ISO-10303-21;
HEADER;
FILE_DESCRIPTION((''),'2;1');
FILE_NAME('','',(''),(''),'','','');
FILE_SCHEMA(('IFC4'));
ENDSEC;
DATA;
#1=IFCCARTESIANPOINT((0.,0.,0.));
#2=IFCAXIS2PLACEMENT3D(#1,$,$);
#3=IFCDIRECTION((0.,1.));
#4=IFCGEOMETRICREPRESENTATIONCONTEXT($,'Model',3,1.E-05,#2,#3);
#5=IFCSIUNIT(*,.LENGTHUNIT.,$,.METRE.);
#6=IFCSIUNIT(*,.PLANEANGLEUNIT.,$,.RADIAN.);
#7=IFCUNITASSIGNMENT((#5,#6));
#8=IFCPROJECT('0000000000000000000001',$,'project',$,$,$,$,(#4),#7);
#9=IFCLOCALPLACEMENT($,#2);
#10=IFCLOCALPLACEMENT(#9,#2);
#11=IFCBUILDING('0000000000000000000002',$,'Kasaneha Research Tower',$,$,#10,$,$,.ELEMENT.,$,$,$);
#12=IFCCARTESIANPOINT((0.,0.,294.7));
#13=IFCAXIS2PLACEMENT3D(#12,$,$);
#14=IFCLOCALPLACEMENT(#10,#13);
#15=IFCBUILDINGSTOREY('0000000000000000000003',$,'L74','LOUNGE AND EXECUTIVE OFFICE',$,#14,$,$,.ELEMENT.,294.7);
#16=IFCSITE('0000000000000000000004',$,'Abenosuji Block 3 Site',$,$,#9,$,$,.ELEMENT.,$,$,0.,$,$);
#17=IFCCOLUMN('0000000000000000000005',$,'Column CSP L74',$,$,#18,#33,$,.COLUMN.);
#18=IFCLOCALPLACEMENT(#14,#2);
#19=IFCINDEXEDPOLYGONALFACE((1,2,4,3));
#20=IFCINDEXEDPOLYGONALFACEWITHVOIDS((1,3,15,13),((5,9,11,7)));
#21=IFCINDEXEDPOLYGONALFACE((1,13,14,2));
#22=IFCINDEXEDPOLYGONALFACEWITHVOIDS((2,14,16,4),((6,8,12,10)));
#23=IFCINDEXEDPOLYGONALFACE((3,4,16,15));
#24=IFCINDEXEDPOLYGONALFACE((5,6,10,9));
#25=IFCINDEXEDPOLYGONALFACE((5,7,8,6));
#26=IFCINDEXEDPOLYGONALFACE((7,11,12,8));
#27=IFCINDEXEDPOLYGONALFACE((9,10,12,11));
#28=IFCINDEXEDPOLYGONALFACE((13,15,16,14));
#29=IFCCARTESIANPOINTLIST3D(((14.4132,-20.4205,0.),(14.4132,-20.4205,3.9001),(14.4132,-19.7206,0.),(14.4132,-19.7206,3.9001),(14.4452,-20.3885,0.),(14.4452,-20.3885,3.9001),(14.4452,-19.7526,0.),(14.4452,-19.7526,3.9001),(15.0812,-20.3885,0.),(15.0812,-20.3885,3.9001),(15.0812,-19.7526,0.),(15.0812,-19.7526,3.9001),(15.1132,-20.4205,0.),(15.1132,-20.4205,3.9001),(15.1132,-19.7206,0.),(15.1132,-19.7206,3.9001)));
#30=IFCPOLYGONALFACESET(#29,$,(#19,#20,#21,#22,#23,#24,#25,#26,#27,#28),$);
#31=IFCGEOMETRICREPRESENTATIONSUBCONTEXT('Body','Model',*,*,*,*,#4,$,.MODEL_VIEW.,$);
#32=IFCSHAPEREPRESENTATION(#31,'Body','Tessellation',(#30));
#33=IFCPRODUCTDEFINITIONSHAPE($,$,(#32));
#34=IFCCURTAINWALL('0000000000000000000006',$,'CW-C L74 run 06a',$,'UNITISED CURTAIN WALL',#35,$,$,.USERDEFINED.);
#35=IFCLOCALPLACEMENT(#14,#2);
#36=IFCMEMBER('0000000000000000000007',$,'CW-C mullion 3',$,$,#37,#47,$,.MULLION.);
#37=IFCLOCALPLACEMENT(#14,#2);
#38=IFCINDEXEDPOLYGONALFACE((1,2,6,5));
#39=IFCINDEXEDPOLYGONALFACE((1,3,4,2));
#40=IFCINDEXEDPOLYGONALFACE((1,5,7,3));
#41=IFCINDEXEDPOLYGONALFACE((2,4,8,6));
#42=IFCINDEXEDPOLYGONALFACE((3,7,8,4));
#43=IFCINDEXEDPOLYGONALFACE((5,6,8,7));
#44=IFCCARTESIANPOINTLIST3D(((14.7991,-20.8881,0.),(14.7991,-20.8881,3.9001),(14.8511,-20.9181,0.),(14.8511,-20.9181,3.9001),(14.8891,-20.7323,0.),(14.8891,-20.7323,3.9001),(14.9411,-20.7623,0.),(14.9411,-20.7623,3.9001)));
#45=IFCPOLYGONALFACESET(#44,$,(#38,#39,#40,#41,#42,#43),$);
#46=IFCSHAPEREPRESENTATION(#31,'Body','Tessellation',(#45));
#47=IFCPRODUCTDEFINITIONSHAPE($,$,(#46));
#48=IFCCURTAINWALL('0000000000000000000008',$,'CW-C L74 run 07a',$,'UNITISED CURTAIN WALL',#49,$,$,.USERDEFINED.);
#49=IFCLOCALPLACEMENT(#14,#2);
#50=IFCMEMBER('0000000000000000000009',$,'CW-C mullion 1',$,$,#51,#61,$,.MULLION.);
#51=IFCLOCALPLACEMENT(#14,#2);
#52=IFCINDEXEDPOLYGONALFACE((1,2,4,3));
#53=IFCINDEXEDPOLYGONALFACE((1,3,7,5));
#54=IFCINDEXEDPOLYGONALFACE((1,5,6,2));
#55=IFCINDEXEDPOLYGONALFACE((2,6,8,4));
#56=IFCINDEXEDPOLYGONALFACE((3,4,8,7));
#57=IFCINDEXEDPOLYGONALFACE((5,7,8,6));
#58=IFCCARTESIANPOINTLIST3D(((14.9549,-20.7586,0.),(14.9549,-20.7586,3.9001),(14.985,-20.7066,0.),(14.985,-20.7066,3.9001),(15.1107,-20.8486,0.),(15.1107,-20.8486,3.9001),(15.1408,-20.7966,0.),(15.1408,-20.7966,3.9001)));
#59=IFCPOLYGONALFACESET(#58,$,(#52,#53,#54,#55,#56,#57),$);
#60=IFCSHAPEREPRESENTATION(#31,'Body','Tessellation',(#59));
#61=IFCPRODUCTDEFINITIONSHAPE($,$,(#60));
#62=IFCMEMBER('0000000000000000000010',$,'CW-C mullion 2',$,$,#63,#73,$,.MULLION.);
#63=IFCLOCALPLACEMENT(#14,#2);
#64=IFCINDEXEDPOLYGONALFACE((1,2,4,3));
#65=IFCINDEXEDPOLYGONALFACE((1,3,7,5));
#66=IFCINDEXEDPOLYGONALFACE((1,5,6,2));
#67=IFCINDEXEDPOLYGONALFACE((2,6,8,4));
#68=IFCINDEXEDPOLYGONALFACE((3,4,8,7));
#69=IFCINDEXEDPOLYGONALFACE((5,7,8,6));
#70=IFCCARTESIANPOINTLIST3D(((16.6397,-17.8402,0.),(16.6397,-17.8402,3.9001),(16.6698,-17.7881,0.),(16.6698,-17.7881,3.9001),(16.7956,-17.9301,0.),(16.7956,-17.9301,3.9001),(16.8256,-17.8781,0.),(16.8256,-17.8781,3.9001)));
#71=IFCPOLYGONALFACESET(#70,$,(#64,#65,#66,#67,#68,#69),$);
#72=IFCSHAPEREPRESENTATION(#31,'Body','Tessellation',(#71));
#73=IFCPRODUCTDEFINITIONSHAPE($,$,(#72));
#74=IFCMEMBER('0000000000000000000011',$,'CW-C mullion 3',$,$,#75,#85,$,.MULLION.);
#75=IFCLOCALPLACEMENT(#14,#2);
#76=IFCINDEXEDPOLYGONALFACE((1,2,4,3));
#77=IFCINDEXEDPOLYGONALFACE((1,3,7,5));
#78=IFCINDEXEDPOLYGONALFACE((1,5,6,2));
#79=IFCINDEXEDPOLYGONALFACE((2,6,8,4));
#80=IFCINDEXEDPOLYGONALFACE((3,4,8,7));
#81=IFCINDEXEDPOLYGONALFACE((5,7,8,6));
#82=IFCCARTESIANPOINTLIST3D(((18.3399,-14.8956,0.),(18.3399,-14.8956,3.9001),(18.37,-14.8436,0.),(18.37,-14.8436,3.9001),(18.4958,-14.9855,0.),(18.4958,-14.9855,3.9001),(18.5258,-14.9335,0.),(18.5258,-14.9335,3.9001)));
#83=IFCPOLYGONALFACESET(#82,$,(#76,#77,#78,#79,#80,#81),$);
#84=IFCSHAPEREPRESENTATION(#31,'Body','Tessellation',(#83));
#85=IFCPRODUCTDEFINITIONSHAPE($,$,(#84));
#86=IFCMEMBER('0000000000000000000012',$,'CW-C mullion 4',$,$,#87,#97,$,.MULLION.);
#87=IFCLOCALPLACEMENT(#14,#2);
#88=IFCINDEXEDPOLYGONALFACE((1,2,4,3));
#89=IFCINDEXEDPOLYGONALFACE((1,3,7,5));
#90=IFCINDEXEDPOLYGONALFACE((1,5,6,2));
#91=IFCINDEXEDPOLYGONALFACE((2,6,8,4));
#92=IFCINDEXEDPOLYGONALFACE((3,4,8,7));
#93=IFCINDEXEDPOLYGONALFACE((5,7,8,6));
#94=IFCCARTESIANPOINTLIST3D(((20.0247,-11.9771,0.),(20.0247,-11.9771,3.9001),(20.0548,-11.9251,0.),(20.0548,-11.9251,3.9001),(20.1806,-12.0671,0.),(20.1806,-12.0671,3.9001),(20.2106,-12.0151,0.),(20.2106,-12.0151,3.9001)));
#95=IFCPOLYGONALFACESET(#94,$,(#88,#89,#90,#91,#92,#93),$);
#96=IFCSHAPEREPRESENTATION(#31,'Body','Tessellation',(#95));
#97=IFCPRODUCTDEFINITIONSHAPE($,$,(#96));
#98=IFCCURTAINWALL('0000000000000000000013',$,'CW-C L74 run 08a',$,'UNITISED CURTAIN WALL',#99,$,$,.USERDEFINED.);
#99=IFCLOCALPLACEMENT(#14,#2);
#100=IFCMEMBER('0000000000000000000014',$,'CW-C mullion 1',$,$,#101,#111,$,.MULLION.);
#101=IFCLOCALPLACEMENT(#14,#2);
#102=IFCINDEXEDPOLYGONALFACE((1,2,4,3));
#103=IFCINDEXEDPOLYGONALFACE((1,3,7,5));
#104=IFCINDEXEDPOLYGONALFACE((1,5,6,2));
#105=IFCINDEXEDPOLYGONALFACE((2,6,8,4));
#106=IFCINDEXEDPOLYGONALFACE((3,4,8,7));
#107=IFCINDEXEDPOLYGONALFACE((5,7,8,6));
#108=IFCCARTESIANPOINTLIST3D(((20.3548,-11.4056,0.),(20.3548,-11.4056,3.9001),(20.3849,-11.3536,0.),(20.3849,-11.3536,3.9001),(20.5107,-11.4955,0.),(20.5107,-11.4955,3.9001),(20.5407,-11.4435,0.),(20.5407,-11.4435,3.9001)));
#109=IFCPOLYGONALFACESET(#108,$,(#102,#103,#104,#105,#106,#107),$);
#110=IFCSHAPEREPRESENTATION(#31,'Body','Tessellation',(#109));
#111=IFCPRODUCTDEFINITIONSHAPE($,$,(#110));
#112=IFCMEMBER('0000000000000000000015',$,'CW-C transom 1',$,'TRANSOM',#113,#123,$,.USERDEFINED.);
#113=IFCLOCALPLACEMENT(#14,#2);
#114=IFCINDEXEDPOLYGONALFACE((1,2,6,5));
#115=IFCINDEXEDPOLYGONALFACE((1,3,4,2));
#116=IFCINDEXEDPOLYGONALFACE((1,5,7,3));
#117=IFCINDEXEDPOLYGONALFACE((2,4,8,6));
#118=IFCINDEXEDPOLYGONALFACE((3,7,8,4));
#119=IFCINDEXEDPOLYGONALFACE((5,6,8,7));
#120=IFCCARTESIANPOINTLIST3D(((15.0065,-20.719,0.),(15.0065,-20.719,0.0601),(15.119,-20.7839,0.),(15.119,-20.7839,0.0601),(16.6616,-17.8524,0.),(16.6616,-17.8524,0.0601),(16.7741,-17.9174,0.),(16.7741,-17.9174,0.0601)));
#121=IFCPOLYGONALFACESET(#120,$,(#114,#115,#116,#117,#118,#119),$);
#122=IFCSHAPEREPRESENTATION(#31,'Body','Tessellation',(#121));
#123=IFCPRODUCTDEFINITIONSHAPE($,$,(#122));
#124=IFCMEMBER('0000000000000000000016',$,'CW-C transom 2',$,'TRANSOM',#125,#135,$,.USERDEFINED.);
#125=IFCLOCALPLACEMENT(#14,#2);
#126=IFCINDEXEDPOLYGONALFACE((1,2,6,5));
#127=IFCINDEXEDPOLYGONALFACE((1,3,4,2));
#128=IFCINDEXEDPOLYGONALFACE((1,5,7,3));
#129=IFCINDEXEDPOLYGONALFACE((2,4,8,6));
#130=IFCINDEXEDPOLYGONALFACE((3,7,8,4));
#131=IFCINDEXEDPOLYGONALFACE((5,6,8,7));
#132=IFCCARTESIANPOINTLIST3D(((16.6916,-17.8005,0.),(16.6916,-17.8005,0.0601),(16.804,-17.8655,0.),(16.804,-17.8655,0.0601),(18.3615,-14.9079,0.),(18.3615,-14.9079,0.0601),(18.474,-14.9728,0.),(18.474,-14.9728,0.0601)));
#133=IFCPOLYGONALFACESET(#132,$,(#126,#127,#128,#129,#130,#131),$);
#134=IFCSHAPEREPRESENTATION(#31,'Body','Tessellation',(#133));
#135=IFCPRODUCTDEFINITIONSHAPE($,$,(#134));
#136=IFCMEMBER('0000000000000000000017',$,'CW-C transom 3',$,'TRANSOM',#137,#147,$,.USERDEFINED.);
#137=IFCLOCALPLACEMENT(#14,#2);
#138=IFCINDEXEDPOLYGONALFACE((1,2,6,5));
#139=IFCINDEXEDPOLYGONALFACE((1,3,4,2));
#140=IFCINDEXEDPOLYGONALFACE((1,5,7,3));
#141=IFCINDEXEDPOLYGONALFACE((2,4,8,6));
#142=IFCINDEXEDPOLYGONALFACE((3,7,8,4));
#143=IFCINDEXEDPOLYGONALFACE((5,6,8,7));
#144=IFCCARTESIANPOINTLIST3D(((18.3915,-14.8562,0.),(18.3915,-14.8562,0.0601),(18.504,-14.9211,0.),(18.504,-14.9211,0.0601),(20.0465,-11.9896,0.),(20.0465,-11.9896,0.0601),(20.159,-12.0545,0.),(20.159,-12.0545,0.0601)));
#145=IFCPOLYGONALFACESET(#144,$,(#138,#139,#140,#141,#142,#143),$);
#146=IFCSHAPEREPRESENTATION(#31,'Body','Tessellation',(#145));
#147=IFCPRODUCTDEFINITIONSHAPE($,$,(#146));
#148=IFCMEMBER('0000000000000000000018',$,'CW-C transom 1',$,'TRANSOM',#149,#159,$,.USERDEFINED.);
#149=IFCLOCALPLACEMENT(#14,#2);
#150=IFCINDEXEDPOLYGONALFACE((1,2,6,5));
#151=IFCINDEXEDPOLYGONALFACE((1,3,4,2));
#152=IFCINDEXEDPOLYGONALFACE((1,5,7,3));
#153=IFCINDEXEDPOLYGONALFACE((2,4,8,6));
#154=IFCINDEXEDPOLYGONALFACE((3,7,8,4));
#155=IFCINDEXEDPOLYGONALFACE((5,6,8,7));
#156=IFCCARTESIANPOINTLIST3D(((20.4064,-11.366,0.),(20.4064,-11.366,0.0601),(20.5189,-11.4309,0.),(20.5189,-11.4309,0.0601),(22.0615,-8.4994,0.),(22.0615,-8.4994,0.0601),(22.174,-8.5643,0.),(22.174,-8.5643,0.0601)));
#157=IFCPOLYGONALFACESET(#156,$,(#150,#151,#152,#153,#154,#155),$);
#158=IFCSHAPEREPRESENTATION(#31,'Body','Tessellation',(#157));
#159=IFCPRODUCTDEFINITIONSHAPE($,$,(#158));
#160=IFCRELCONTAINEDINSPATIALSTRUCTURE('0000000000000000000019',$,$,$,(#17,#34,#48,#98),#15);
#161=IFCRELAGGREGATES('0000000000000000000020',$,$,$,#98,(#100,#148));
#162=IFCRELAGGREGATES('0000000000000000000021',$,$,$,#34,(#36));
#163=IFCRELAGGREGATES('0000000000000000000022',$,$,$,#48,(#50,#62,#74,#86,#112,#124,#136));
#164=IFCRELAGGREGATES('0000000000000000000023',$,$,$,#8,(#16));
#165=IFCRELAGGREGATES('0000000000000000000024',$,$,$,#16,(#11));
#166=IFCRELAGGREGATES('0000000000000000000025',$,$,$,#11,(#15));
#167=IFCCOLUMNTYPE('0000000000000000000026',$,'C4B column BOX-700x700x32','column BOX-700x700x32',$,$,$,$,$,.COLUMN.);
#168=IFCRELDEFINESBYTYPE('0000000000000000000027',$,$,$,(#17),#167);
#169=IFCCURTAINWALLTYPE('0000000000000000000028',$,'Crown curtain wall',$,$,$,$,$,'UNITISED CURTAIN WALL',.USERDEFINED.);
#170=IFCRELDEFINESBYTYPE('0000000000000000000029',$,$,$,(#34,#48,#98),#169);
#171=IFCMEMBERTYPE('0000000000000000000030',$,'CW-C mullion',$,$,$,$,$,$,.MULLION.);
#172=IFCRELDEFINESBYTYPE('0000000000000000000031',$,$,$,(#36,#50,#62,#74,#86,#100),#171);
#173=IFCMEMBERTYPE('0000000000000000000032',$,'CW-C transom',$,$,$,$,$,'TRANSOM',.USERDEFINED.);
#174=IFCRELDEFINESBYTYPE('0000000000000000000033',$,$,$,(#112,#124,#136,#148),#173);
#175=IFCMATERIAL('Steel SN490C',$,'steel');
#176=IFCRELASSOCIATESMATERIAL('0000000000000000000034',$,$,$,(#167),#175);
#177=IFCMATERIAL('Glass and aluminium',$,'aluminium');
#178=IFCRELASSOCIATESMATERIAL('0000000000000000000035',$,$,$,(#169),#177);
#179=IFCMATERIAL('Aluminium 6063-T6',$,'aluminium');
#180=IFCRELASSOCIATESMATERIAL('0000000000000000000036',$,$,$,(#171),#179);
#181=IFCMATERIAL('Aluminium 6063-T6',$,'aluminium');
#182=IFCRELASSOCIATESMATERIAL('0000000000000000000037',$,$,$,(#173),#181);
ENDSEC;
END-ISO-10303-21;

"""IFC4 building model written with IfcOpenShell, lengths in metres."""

from ifc_helpers import new_model, si_unit, direction, frame, origin, origin_2d, place, context, subcontext, project, spatial, rectangle, hollow_rectangle, extrude, material, material_profile, profile_set, type_object, element, aggregate, save


model = new_model("IFC4")

# Units and contexts
model_context = context("Model", 3, precision=1e-05, world=origin(), true_north=direction((0.0, 1.0)))
body_context = subcontext(model_context, "Body", "Model", "MODEL_VIEW")
ifc_project = project(units=[si_unit("LENGTHUNIT", "METRE"), si_unit("PLANEANGLEUNIT", "RADIAN")], contexts=[model_context])

# Site, building, storey
site_placement = place(None, origin())
site = spatial("IfcSite", under=ifc_project, at=site_placement, Name="Abenosuji Block 3 Site", CompositionType="ELEMENT", RefElevation=0.0)
building_placement = place(site_placement, origin())
building = spatial("IfcBuilding", under=site, at=building_placement, Name="Kasaneha Research Tower", CompositionType="ELEMENT")
storey_placement = place(building_placement, frame((0.0, 0.0, 294.7)))
storey = spatial("IfcBuildingStorey", under=building, at=storey_placement, Name="L74", Description="LOUNGE AND EXECUTIVE OFFICE", CompositionType="ELEMENT", Elevation=294.7)

# Column
ifc_material_1 = material(Name="Steel SN490C", Category="steel")
ifc_material_profile_1 = material_profile(ifc_material_1, hollow_rectangle(XDim=0.7, YDim=0.7, WallThickness=0.032, at=origin_2d()), Name="BOX-700x700x32")
ifc_profile_set_1 = profile_set([ifc_material_profile_1], Name="Steel SN490C")
column_type = type_object("IfcColumnType", Name="C4B column BOX-700x700x32", Description="column BOX-700x700x32", PredefinedType="COLUMN", material=ifc_profile_set_1)
column_placement = place(storey_placement, frame((14.7632, -20.0706, 0.0), z_axis=(0.0, 0.0, 1.0), x_axis=(1.0, 0.0, 0.0)))
element("IfcColumn", 1, at=column_placement, inside=storey, type_object=column_type, Name="Column CSP L74", PredefinedType="COLUMN", context=body_context, shape_type="SweptSolid", body=[
    extrude(hollow_rectangle(XDim=0.7, YDim=0.7, WallThickness=0.032, at=origin_2d()), origin(), (0.0, 0.0, 1.0), 3.9001),
])

# Curtain wall, member
ifc_material_2 = material(Name="Glass and aluminium", Category="aluminium")
curtain_wall_type = type_object("IfcCurtainWallType", Name="Crown curtain wall", ElementType="UNITISED CURTAIN WALL", PredefinedType="USERDEFINED", material=ifc_material_2)
curtain_wall_1_placement = place(storey_placement, origin())
curtain_wall_1 = element("IfcCurtainWall", 2, at=curtain_wall_1_placement, inside=storey, type_object=curtain_wall_type, Name="CW-C L74 run 06a", ObjectType="UNITISED CURTAIN WALL", PredefinedType="USERDEFINED")
ifc_material_3 = material(Name="Aluminium 6063-T6", Category="aluminium")
ifc_material_profile_2 = material_profile(ifc_material_3, rectangle(XDim=0.0601, YDim=0.1799, at=origin_2d()), Name="CW-C mullion 60x180")
ifc_profile_set_2 = profile_set([ifc_material_profile_2], Name="Aluminium 6063-T6")
member_type_1 = type_object("IfcMemberType", Name="CW-C mullion", PredefinedType="MULLION", material=ifc_profile_set_2)
member_1_placement = place(storey_placement, frame((14.8701, -20.8252, 0.0), z_axis=(0.0, 0.0, 1.0), x_axis=(0.866025, -0.5, 0.0)))
member_1 = element("IfcMember", 3, at=member_1_placement, type_object=member_type_1, Name="CW-C mullion 3", PredefinedType="MULLION", context=body_context, shape_type="SweptSolid", body=[
    extrude(rectangle(XDim=0.0601, YDim=0.1799, at=origin_2d()), origin(), (0.0, 0.0, 1.0), 3.9001),
])

# Curtain wall, members
curtain_wall_2_placement = place(storey_placement, origin())
curtain_wall_2 = element("IfcCurtainWall", 4, at=curtain_wall_2_placement, inside=storey, type_object=curtain_wall_type, Name="CW-C L74 run 07a", ObjectType="UNITISED CURTAIN WALL", PredefinedType="USERDEFINED")
member_2_placement = place(storey_placement, frame((15.0479, -20.7776, 0.0), z_axis=(0.0, 0.0, 1.0), x_axis=(0.5, 0.866025, 0.0)))
member_2 = element("IfcMember", 5, at=member_2_placement, type_object=member_type_1, Name="CW-C mullion 1", PredefinedType="MULLION", context=body_context, shape_type="SweptSolid", body=[
    extrude(rectangle(XDim=0.0601, YDim=0.1799, at=origin_2d()), origin(), (0.0, 0.0, 1.0), 3.9001),
])
member_3_placement = place(storey_placement, frame((16.7327, -17.8591, 0.0), z_axis=(0.0, 0.0, 1.0), x_axis=(0.5, 0.866025, 0.0)))
member_3 = element("IfcMember", 6, at=member_3_placement, type_object=member_type_1, Name="CW-C mullion 2", PredefinedType="MULLION", context=body_context, shape_type="SweptSolid", body=[
    extrude(rectangle(XDim=0.0601, YDim=0.1799, at=origin_2d()), origin(), (0.0, 0.0, 1.0), 3.9001),
])
member_4_placement = place(storey_placement, frame((18.4329, -14.9146, 0.0), z_axis=(0.0, 0.0, 1.0), x_axis=(0.5, 0.866025, 0.0)))
member_4 = element("IfcMember", 7, at=member_4_placement, type_object=member_type_1, Name="CW-C mullion 3", PredefinedType="MULLION", context=body_context, shape_type="SweptSolid", body=[
    extrude(rectangle(XDim=0.0601, YDim=0.1799, at=origin_2d()), origin(), (0.0, 0.0, 1.0), 3.9001),
])
member_5_placement = place(storey_placement, frame((20.1177, -11.9961, 0.0), z_axis=(0.0, 0.0, 1.0), x_axis=(0.5, 0.866025, 0.0)))
member_5 = element("IfcMember", 8, at=member_5_placement, type_object=member_type_1, Name="CW-C mullion 4", PredefinedType="MULLION", context=body_context, shape_type="SweptSolid", body=[
    extrude(rectangle(XDim=0.0601, YDim=0.1799, at=origin_2d()), origin(), (0.0, 0.0, 1.0), 3.9001),
])

# Curtain wall, member
curtain_wall_3_placement = place(storey_placement, origin())
curtain_wall_3 = element("IfcCurtainWall", 9, at=curtain_wall_3_placement, inside=storey, type_object=curtain_wall_type, Name="CW-C L74 run 08a", ObjectType="UNITISED CURTAIN WALL", PredefinedType="USERDEFINED")
member_6_placement = place(storey_placement, frame((20.4478, -11.4246, 0.0), z_axis=(0.0, 0.0, 1.0), x_axis=(0.5, 0.866025, 0.0)))
member_6 = element("IfcMember", 10, at=member_6_placement, type_object=member_type_1, Name="CW-C mullion 1", PredefinedType="MULLION", context=body_context, shape_type="SweptSolid", body=[
    extrude(rectangle(XDim=0.0601, YDim=0.1799, at=origin_2d()), origin(), (0.0, 0.0, 1.0), 3.9001),
])

# Members
ifc_material_4 = material(Name="Aluminium 6063-T6", Category="aluminium")
ifc_material_profile_3 = material_profile(ifc_material_4, rectangle(XDim=0.1299, YDim=0.0601, at=origin_2d()), Name="CW-C transom 130x60")
ifc_profile_set_3 = profile_set([ifc_material_profile_3], Name="Aluminium 6063-T6")
member_type_2 = type_object("IfcMemberType", Name="CW-C transom", ElementType="TRANSOM", PredefinedType="USERDEFINED", material=ifc_profile_set_3)
member_7_placement = place(storey_placement, frame((15.0627, -20.7515, 0.03), z_axis=(0.500018, 0.866015, 0.0), x_axis=(-0.866015, 0.500018, 0.0)))
member_7 = element("IfcMember", 11, at=member_7_placement, type_object=member_type_2, Name="CW-C transom 1", ObjectType="TRANSOM", PredefinedType="USERDEFINED", context=body_context, shape_type="SweptSolid", body=[
    extrude(rectangle(XDim=0.1299, YDim=0.0601, at=origin_2d()), origin(), (0.0, 0.0, 1.0), 3.3101),
])
member_8_placement = place(storey_placement, frame((16.7478, -17.833, 0.03), z_axis=(0.499976, 0.86604, 0.0), x_axis=(-0.86604, 0.499976, 0.0)))
member_8 = element("IfcMember", 12, at=member_8_placement, type_object=member_type_2, Name="CW-C transom 2", ObjectType="TRANSOM", PredefinedType="USERDEFINED", context=body_context, shape_type="SweptSolid", body=[
    extrude(rectangle(XDim=0.1299, YDim=0.0601, at=origin_2d()), origin(), (0.0, 0.0, 1.0), 3.3401),
])
member_9_placement = place(storey_placement, frame((18.4478, -14.8887, 0.03), z_axis=(0.499986, 0.866033, 0.0), x_axis=(-0.866033, 0.499986, 0.0)))
member_9 = element("IfcMember", 13, at=member_9_placement, type_object=member_type_2, Name="CW-C transom 3", ObjectType="TRANSOM", PredefinedType="USERDEFINED", context=body_context, shape_type="SweptSolid", body=[
    extrude(rectangle(XDim=0.1299, YDim=0.0601, at=origin_2d()), origin(), (0.0, 0.0, 1.0), 3.3101),
])
member_10_placement = place(storey_placement, frame((20.4626, -11.3984, 0.03), z_axis=(0.500018, 0.866015, 0.0), x_axis=(-0.866015, 0.500018, 0.0)))
member_10 = element("IfcMember", 14, at=member_10_placement, type_object=member_type_2, Name="CW-C transom 1", ObjectType="TRANSOM", PredefinedType="USERDEFINED", context=body_context, shape_type="SweptSolid", body=[
    extrude(rectangle(XDim=0.1299, YDim=0.0601, at=origin_2d()), origin(), (0.0, 0.0, 1.0), 3.3101),
])
aggregate(curtain_wall_3, [member_6, member_10])

aggregate(curtain_wall_1, [member_1])
aggregate(curtain_wall_2, [member_2, member_3, member_4, member_5, member_7, member_8, member_9])

save(model, "model.ifc")
